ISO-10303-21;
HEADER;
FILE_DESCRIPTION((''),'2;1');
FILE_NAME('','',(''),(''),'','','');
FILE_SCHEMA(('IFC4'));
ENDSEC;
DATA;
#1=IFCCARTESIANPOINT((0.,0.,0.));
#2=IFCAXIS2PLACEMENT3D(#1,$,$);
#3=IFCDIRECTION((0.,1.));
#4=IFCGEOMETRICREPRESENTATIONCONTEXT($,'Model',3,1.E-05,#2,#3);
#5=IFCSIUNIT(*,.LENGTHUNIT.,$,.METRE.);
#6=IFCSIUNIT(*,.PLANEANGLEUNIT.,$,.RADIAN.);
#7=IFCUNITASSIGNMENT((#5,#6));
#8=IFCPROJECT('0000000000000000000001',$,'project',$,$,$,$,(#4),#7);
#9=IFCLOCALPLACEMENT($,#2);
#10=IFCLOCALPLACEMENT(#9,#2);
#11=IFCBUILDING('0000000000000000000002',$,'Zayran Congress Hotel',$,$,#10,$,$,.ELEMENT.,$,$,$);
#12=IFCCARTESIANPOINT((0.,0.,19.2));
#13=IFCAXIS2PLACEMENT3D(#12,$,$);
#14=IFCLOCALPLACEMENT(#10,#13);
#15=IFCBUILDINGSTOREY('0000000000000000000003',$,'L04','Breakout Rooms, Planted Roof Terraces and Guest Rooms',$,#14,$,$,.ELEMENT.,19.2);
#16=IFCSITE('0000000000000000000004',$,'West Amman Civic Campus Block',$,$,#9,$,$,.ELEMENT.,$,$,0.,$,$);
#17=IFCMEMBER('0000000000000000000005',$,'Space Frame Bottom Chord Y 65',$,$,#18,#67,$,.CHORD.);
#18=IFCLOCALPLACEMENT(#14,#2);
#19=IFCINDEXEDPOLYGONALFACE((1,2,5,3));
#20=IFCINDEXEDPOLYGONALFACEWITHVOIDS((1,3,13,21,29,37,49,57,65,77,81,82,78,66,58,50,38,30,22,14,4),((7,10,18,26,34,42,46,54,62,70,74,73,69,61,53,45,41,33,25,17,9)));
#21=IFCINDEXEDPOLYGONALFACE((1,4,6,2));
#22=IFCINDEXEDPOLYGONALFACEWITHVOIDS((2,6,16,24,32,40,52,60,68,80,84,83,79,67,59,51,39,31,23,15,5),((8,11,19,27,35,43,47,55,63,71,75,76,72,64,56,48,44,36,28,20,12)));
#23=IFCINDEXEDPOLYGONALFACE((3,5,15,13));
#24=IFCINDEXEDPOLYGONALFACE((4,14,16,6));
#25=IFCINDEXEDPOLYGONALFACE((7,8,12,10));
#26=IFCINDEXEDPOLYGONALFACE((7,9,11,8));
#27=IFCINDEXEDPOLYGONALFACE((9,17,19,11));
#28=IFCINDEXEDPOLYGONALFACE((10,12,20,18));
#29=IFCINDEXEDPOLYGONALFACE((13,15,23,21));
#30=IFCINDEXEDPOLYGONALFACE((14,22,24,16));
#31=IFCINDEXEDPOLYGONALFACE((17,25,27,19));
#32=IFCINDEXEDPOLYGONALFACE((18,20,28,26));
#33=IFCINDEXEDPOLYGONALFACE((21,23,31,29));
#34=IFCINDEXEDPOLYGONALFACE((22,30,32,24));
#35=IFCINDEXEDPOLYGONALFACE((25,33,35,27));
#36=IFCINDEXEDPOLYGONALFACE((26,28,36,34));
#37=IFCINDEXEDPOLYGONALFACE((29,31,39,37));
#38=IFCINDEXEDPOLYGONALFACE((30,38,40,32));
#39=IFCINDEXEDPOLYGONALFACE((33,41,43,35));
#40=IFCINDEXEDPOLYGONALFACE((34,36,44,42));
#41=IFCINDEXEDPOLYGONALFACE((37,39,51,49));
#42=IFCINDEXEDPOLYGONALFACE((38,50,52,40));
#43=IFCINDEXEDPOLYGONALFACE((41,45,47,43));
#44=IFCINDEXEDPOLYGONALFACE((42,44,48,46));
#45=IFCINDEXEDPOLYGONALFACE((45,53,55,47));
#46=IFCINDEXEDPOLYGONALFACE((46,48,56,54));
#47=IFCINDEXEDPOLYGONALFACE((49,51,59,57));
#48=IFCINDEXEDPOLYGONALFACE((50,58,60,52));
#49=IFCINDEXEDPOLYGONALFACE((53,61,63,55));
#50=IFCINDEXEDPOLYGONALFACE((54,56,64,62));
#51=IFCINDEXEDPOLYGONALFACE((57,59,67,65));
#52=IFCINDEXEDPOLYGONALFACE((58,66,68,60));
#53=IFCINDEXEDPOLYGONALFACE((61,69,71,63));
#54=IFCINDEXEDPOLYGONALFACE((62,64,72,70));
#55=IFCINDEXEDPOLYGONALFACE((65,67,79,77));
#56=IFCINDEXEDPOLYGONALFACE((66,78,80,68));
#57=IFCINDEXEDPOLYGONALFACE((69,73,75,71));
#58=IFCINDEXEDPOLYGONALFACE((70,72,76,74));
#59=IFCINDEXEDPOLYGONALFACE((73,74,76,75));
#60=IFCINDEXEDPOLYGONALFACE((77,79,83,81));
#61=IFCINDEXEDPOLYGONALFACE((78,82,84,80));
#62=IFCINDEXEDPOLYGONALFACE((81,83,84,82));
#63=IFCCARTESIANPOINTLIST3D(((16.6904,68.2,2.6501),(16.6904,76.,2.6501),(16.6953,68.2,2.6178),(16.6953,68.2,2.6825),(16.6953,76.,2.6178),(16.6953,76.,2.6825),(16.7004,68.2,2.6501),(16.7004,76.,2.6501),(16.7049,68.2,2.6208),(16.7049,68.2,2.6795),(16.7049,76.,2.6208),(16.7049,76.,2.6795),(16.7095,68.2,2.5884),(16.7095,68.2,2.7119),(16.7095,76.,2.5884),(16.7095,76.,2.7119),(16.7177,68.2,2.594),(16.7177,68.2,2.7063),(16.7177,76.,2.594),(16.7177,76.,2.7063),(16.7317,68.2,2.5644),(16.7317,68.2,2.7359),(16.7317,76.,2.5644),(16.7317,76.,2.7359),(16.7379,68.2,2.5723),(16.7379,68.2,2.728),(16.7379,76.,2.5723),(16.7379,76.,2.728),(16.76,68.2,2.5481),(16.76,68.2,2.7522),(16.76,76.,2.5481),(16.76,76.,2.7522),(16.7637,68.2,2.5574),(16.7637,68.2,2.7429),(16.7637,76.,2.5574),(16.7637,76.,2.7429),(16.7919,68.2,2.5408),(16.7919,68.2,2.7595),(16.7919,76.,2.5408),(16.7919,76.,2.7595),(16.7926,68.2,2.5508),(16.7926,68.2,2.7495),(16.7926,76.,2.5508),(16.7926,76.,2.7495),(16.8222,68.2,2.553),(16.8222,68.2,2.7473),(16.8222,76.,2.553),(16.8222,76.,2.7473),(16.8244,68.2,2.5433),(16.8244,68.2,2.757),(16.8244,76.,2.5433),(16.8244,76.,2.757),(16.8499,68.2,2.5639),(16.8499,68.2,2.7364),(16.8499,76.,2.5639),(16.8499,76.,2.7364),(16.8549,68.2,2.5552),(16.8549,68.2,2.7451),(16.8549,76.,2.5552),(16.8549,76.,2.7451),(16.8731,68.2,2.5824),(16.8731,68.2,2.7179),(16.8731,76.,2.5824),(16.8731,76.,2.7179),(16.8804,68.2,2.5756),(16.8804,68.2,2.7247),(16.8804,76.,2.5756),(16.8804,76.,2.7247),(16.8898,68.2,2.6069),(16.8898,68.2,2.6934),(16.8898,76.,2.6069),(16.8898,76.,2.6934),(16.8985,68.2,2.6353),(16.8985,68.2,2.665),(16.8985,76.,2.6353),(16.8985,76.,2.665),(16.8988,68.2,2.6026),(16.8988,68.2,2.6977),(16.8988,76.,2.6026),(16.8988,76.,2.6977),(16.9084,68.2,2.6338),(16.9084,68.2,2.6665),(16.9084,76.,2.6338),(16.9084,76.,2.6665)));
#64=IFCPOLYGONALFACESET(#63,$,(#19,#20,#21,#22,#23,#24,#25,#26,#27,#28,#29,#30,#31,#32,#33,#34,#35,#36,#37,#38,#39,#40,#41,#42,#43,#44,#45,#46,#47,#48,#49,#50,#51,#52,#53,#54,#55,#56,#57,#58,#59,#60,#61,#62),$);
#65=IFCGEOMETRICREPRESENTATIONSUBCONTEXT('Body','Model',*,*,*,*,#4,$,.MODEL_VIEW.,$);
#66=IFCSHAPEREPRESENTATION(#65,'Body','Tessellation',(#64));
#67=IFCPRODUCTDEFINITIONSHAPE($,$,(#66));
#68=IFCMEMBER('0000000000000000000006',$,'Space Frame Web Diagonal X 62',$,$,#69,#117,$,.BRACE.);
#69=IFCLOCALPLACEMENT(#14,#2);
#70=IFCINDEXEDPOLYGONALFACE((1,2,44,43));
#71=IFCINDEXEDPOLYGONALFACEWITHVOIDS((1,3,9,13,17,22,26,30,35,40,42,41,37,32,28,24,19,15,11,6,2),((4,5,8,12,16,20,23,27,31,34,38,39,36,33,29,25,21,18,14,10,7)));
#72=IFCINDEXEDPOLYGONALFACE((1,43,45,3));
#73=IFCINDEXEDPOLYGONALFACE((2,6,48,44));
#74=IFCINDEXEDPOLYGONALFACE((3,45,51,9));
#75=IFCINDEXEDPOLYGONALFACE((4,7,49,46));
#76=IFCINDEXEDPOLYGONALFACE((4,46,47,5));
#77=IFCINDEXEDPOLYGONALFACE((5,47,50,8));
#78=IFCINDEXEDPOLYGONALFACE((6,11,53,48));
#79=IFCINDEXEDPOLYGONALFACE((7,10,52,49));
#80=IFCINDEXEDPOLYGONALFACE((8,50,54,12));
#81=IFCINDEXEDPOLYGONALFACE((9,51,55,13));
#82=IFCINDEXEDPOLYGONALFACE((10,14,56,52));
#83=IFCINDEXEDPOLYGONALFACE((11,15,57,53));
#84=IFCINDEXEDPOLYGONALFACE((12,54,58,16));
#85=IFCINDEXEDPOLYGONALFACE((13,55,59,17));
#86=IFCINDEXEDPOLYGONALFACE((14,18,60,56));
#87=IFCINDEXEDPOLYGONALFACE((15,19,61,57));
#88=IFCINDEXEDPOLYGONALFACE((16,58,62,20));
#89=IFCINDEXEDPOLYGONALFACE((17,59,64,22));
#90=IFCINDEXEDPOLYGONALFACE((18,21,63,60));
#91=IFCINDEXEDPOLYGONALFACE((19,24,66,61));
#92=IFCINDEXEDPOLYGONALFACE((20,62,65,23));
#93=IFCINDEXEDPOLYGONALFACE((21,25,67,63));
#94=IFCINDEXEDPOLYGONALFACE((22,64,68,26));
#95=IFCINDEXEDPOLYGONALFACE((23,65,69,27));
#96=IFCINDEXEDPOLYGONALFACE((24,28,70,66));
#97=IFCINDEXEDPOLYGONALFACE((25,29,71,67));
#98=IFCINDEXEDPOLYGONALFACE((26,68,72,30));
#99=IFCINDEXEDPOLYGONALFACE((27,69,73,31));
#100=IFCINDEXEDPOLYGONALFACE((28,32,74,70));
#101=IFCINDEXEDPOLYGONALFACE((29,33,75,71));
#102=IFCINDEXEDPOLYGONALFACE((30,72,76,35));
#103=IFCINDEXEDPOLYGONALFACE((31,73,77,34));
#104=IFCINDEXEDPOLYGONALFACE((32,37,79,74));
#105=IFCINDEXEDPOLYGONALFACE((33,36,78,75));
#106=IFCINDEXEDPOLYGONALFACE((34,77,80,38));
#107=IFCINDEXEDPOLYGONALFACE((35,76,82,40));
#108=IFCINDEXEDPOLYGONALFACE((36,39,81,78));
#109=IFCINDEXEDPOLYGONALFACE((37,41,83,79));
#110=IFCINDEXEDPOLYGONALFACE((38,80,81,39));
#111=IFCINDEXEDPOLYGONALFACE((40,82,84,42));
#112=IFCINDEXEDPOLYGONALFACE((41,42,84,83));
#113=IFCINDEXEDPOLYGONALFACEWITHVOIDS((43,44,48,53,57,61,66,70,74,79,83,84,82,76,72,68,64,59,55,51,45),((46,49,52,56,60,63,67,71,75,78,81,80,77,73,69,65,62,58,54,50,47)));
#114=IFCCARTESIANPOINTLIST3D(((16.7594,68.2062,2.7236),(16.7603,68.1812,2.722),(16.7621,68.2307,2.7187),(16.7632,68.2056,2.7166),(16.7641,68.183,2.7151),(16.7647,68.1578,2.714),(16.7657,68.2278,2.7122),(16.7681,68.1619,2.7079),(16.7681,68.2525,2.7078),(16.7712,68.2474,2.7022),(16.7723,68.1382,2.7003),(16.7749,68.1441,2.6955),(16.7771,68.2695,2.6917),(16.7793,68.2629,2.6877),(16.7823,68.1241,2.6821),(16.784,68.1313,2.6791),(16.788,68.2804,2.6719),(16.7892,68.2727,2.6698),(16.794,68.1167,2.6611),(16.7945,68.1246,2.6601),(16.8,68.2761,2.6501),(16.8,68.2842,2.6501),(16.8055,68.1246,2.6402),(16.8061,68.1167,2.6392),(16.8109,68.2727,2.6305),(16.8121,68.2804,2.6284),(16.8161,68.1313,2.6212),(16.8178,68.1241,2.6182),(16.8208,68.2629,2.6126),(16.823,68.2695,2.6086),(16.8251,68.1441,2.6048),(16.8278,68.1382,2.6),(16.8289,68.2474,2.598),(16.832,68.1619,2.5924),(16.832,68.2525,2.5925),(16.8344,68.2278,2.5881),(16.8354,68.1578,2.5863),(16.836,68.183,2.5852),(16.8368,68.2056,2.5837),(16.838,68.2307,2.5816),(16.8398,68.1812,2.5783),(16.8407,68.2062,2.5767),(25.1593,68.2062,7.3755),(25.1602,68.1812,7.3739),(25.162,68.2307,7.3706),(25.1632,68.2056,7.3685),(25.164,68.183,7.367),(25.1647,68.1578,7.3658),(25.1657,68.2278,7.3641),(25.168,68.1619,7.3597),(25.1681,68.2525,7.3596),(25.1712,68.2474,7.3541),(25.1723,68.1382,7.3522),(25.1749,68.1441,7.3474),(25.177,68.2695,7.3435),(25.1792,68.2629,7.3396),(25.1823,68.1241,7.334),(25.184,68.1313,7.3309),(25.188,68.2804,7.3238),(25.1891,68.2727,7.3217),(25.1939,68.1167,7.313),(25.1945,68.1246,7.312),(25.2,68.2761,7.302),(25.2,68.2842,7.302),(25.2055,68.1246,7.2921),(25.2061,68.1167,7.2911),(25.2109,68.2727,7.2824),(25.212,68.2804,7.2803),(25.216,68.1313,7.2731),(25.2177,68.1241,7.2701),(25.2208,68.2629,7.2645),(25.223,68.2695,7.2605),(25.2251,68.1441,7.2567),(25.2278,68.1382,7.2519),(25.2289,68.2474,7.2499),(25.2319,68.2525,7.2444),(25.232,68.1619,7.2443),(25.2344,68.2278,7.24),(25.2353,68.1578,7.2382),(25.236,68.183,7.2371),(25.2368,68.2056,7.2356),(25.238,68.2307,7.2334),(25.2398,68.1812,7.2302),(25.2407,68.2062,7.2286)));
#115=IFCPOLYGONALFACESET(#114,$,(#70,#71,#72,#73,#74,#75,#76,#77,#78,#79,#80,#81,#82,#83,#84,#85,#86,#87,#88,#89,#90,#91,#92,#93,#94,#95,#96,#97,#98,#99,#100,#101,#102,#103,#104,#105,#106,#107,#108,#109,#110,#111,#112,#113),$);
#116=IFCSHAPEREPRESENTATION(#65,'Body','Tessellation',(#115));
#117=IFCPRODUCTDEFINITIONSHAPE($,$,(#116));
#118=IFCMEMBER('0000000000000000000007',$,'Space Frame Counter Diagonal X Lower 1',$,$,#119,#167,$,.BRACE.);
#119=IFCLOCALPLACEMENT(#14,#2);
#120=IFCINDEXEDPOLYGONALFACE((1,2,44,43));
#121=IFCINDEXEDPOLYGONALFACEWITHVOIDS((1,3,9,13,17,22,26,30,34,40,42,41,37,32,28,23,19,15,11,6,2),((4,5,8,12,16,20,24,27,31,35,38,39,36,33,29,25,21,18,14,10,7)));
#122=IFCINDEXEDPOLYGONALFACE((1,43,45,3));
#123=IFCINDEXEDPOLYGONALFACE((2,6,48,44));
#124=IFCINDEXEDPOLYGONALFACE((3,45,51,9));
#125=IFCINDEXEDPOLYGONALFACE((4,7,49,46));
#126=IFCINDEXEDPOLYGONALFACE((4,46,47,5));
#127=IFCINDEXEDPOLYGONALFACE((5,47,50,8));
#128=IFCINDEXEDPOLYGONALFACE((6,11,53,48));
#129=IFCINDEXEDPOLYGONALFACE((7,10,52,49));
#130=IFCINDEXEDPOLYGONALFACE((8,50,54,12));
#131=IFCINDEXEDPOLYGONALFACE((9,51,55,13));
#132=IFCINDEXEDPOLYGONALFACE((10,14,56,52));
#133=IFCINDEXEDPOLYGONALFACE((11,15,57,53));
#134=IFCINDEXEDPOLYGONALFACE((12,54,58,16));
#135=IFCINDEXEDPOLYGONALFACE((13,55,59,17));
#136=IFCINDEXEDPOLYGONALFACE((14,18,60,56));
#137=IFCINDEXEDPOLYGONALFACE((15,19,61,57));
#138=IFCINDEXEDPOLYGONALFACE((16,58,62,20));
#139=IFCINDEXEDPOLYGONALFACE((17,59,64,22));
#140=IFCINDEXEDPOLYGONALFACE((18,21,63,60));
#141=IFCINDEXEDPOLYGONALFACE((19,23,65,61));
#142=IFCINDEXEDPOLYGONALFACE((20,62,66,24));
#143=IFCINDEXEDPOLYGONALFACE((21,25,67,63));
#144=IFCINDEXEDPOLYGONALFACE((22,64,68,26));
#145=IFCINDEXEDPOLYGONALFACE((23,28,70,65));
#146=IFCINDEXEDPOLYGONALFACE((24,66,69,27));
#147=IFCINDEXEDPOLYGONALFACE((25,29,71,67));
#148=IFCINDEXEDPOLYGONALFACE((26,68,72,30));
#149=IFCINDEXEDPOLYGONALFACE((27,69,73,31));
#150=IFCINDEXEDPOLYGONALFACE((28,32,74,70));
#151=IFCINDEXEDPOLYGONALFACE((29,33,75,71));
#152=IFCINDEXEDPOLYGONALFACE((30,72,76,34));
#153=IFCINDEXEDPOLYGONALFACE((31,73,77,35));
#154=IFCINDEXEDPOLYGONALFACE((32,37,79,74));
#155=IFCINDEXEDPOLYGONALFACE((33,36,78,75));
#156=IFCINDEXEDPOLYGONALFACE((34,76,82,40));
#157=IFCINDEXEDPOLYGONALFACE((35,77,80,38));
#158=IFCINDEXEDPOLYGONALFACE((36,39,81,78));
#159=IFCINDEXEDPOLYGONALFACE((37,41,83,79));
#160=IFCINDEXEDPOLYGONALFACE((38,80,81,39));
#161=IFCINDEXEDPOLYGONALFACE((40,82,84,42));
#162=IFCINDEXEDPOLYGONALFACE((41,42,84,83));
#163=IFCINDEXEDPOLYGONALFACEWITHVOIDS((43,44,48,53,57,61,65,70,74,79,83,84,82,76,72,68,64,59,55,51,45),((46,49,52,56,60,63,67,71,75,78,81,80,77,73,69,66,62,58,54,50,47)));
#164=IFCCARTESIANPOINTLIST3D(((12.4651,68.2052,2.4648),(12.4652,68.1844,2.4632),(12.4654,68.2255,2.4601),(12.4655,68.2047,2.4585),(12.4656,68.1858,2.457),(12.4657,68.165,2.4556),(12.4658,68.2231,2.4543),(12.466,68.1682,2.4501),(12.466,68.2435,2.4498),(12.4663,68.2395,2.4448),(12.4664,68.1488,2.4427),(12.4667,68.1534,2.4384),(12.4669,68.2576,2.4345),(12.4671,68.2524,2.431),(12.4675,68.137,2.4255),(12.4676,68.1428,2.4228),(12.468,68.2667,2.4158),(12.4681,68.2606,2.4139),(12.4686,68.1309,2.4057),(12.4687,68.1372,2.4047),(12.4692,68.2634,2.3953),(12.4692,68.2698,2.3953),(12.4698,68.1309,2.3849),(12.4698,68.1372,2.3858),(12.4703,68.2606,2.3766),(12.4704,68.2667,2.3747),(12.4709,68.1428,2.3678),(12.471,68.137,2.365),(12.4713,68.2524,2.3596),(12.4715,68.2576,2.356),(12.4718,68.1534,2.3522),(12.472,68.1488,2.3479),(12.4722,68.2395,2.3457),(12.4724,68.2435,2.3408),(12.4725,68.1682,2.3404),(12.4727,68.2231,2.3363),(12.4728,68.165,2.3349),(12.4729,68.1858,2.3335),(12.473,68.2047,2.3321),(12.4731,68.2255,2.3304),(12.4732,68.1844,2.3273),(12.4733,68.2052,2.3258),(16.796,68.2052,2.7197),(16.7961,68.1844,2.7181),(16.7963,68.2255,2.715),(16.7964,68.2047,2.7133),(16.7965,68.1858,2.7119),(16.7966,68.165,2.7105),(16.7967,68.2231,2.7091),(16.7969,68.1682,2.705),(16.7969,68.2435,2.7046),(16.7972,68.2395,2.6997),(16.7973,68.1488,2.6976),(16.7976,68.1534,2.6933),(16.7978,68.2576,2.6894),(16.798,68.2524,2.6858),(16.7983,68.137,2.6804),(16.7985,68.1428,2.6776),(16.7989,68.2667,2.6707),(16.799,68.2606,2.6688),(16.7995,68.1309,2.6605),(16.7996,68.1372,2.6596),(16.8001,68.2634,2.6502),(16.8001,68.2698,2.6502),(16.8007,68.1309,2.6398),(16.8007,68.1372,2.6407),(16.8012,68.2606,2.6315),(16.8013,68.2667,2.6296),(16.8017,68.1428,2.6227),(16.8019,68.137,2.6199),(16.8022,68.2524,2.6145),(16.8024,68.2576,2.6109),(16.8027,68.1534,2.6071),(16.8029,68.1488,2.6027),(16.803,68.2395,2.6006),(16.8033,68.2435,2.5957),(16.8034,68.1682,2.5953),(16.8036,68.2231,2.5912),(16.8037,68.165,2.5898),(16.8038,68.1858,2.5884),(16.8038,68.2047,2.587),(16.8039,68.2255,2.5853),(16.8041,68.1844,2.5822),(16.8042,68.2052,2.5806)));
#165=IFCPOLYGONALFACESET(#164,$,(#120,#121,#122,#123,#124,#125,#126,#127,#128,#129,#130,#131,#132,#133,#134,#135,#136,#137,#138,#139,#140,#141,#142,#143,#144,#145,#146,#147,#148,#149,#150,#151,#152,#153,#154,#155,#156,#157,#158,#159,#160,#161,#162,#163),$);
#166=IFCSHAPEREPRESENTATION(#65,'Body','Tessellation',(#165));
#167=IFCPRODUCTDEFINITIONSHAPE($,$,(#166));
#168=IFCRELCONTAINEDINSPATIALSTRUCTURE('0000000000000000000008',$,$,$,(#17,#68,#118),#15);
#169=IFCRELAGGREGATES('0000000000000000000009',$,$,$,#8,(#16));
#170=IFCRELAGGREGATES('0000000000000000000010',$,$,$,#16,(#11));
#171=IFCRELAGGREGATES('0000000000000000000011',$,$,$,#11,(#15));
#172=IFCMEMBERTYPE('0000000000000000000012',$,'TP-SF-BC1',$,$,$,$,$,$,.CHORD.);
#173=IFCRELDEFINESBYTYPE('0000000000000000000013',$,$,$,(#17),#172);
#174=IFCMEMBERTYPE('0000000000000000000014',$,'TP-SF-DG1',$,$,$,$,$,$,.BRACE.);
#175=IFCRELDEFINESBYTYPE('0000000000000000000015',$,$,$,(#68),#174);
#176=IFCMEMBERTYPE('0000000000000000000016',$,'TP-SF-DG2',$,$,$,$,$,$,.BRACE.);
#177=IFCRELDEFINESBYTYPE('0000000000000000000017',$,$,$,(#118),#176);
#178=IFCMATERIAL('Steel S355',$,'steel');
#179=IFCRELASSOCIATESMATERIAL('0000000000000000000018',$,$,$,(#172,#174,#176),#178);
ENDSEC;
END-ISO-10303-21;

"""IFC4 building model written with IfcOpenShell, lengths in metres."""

from ifc_helpers import new_model, si_unit, direction, frame, origin, origin_2d, place, context, subcontext, project, spatial, hollow_circle, extrude, material, material_profile, profile_set, type_object, element, save


model = new_model("IFC4")

# Units and contexts
model_context = context("Model", 3, precision=1e-05, world=origin(), true_north=direction((0.0, 1.0)))
body_context = subcontext(model_context, "Body", "Model", "MODEL_VIEW")
ifc_project = project(units=[si_unit("LENGTHUNIT", "METRE"), si_unit("PLANEANGLEUNIT", "RADIAN")], contexts=[model_context])

# Site, building, storey
site_placement = place(None, origin())
site = spatial("IfcSite", under=ifc_project, at=site_placement, Name="West Amman Civic Campus Block", CompositionType="ELEMENT", RefElevation=0.0)
building_placement = place(site_placement, origin())
building = spatial("IfcBuilding", under=site, at=building_placement, Name="Zayran Congress Hotel", CompositionType="ELEMENT")
storey_placement = place(building_placement, frame((0.0, 0.0, 19.2)))
storey = spatial("IfcBuildingStorey", under=building, at=storey_placement, Name="L04", Description="Breakout Rooms, Planted Roof Terraces and Guest Rooms", CompositionType="ELEMENT", Elevation=19.2)

# Shared definitions
ifc_material_1 = material(Name="Steel S355", Category="steel")

# Members
ifc_material_profile_1 = material_profile(ifc_material_1, hollow_circle(Radius=0.1096, WallThickness=0.01, at=origin_2d()), Name="CHS 219.1x10")
ifc_profile_set_1 = profile_set([ifc_material_profile_1], Name="Steel S355")
member_type_1 = type_object("IfcMemberType", Name="TP-SF-BC1", PredefinedType="CHORD", material=ifc_profile_set_1)
member_1_placement = place(storey_placement, frame((16.8, 68.2, 2.6501), z_axis=(0.0, 1.0, 0.0), x_axis=(-1.0, 0.0, 0.0)))
element("IfcMember", 1, at=member_1_placement, inside=storey, type_object=member_type_1, Name="Space Frame Bottom Chord Y 65", PredefinedType="CHORD", context=body_context, shape_type="SweptSolid", body=[
    extrude(hollow_circle(Radius=0.1096, WallThickness=0.01, at=origin_2d()), origin(), (0.0, 0.0, 1.0), 7.8),
])
ifc_material_profile_2 = material_profile(ifc_material_1, hollow_circle(Radius=0.0842, WallThickness=0.0081, at=origin_2d()), Name="CHS 168.3x8")
ifc_profile_set_2 = profile_set([ifc_material_profile_2], Name="Steel S355")
member_type_2 = type_object("IfcMemberType", Name="TP-SF-DG1", PredefinedType="BRACE", material=ifc_profile_set_2)
member_2_placement = place(storey_placement, frame((16.8, 68.2, 2.6501), z_axis=(0.874809, 0.0, 0.484468), x_axis=(0.0, 1.0, 0.0)))
element("IfcMember", 2, at=member_2_placement, inside=storey, type_object=member_type_2, Name="Space Frame Web Diagonal X 62", PredefinedType="BRACE", context=body_context, shape_type="SweptSolid", body=[
    extrude(hollow_circle(Radius=0.0842, WallThickness=0.0081, at=origin_2d()), origin(), (0.0, 0.0, 1.0), 9.6021),
])
ifc_material_profile_3 = material_profile(ifc_material_1, hollow_circle(Radius=0.0698, WallThickness=0.0063, at=origin_2d()), Name="CHS 139.7x6.3")
ifc_profile_set_3 = profile_set([ifc_material_profile_3], Name="Steel S355")
member_type_3 = type_object("IfcMemberType", Name="TP-SF-DG2", PredefinedType="BRACE", material=ifc_profile_set_3)
for number, where, z_axis, x_axis, name in (
    (3, (12.4692, 68.2, 2.3953), (0.998273, 0.0, 0.058752), (0.0, 1.0, 0.0), "Space Frame Counter Diagonal X Lower 1"),
):
    element("IfcMember", number, at=place(storey_placement, frame(where, z_axis=z_axis, x_axis=x_axis)), inside=storey, type_object=member_type_3, Name=name, PredefinedType="BRACE", context=body_context, shape_type="SweptSolid", body=[
        extrude(hollow_circle(Radius=0.0698, WallThickness=0.0063, at=origin_2d()), origin(), (0.0, 0.0, 1.0), 4.3384),
    ])

save(model, "model.ifc")
